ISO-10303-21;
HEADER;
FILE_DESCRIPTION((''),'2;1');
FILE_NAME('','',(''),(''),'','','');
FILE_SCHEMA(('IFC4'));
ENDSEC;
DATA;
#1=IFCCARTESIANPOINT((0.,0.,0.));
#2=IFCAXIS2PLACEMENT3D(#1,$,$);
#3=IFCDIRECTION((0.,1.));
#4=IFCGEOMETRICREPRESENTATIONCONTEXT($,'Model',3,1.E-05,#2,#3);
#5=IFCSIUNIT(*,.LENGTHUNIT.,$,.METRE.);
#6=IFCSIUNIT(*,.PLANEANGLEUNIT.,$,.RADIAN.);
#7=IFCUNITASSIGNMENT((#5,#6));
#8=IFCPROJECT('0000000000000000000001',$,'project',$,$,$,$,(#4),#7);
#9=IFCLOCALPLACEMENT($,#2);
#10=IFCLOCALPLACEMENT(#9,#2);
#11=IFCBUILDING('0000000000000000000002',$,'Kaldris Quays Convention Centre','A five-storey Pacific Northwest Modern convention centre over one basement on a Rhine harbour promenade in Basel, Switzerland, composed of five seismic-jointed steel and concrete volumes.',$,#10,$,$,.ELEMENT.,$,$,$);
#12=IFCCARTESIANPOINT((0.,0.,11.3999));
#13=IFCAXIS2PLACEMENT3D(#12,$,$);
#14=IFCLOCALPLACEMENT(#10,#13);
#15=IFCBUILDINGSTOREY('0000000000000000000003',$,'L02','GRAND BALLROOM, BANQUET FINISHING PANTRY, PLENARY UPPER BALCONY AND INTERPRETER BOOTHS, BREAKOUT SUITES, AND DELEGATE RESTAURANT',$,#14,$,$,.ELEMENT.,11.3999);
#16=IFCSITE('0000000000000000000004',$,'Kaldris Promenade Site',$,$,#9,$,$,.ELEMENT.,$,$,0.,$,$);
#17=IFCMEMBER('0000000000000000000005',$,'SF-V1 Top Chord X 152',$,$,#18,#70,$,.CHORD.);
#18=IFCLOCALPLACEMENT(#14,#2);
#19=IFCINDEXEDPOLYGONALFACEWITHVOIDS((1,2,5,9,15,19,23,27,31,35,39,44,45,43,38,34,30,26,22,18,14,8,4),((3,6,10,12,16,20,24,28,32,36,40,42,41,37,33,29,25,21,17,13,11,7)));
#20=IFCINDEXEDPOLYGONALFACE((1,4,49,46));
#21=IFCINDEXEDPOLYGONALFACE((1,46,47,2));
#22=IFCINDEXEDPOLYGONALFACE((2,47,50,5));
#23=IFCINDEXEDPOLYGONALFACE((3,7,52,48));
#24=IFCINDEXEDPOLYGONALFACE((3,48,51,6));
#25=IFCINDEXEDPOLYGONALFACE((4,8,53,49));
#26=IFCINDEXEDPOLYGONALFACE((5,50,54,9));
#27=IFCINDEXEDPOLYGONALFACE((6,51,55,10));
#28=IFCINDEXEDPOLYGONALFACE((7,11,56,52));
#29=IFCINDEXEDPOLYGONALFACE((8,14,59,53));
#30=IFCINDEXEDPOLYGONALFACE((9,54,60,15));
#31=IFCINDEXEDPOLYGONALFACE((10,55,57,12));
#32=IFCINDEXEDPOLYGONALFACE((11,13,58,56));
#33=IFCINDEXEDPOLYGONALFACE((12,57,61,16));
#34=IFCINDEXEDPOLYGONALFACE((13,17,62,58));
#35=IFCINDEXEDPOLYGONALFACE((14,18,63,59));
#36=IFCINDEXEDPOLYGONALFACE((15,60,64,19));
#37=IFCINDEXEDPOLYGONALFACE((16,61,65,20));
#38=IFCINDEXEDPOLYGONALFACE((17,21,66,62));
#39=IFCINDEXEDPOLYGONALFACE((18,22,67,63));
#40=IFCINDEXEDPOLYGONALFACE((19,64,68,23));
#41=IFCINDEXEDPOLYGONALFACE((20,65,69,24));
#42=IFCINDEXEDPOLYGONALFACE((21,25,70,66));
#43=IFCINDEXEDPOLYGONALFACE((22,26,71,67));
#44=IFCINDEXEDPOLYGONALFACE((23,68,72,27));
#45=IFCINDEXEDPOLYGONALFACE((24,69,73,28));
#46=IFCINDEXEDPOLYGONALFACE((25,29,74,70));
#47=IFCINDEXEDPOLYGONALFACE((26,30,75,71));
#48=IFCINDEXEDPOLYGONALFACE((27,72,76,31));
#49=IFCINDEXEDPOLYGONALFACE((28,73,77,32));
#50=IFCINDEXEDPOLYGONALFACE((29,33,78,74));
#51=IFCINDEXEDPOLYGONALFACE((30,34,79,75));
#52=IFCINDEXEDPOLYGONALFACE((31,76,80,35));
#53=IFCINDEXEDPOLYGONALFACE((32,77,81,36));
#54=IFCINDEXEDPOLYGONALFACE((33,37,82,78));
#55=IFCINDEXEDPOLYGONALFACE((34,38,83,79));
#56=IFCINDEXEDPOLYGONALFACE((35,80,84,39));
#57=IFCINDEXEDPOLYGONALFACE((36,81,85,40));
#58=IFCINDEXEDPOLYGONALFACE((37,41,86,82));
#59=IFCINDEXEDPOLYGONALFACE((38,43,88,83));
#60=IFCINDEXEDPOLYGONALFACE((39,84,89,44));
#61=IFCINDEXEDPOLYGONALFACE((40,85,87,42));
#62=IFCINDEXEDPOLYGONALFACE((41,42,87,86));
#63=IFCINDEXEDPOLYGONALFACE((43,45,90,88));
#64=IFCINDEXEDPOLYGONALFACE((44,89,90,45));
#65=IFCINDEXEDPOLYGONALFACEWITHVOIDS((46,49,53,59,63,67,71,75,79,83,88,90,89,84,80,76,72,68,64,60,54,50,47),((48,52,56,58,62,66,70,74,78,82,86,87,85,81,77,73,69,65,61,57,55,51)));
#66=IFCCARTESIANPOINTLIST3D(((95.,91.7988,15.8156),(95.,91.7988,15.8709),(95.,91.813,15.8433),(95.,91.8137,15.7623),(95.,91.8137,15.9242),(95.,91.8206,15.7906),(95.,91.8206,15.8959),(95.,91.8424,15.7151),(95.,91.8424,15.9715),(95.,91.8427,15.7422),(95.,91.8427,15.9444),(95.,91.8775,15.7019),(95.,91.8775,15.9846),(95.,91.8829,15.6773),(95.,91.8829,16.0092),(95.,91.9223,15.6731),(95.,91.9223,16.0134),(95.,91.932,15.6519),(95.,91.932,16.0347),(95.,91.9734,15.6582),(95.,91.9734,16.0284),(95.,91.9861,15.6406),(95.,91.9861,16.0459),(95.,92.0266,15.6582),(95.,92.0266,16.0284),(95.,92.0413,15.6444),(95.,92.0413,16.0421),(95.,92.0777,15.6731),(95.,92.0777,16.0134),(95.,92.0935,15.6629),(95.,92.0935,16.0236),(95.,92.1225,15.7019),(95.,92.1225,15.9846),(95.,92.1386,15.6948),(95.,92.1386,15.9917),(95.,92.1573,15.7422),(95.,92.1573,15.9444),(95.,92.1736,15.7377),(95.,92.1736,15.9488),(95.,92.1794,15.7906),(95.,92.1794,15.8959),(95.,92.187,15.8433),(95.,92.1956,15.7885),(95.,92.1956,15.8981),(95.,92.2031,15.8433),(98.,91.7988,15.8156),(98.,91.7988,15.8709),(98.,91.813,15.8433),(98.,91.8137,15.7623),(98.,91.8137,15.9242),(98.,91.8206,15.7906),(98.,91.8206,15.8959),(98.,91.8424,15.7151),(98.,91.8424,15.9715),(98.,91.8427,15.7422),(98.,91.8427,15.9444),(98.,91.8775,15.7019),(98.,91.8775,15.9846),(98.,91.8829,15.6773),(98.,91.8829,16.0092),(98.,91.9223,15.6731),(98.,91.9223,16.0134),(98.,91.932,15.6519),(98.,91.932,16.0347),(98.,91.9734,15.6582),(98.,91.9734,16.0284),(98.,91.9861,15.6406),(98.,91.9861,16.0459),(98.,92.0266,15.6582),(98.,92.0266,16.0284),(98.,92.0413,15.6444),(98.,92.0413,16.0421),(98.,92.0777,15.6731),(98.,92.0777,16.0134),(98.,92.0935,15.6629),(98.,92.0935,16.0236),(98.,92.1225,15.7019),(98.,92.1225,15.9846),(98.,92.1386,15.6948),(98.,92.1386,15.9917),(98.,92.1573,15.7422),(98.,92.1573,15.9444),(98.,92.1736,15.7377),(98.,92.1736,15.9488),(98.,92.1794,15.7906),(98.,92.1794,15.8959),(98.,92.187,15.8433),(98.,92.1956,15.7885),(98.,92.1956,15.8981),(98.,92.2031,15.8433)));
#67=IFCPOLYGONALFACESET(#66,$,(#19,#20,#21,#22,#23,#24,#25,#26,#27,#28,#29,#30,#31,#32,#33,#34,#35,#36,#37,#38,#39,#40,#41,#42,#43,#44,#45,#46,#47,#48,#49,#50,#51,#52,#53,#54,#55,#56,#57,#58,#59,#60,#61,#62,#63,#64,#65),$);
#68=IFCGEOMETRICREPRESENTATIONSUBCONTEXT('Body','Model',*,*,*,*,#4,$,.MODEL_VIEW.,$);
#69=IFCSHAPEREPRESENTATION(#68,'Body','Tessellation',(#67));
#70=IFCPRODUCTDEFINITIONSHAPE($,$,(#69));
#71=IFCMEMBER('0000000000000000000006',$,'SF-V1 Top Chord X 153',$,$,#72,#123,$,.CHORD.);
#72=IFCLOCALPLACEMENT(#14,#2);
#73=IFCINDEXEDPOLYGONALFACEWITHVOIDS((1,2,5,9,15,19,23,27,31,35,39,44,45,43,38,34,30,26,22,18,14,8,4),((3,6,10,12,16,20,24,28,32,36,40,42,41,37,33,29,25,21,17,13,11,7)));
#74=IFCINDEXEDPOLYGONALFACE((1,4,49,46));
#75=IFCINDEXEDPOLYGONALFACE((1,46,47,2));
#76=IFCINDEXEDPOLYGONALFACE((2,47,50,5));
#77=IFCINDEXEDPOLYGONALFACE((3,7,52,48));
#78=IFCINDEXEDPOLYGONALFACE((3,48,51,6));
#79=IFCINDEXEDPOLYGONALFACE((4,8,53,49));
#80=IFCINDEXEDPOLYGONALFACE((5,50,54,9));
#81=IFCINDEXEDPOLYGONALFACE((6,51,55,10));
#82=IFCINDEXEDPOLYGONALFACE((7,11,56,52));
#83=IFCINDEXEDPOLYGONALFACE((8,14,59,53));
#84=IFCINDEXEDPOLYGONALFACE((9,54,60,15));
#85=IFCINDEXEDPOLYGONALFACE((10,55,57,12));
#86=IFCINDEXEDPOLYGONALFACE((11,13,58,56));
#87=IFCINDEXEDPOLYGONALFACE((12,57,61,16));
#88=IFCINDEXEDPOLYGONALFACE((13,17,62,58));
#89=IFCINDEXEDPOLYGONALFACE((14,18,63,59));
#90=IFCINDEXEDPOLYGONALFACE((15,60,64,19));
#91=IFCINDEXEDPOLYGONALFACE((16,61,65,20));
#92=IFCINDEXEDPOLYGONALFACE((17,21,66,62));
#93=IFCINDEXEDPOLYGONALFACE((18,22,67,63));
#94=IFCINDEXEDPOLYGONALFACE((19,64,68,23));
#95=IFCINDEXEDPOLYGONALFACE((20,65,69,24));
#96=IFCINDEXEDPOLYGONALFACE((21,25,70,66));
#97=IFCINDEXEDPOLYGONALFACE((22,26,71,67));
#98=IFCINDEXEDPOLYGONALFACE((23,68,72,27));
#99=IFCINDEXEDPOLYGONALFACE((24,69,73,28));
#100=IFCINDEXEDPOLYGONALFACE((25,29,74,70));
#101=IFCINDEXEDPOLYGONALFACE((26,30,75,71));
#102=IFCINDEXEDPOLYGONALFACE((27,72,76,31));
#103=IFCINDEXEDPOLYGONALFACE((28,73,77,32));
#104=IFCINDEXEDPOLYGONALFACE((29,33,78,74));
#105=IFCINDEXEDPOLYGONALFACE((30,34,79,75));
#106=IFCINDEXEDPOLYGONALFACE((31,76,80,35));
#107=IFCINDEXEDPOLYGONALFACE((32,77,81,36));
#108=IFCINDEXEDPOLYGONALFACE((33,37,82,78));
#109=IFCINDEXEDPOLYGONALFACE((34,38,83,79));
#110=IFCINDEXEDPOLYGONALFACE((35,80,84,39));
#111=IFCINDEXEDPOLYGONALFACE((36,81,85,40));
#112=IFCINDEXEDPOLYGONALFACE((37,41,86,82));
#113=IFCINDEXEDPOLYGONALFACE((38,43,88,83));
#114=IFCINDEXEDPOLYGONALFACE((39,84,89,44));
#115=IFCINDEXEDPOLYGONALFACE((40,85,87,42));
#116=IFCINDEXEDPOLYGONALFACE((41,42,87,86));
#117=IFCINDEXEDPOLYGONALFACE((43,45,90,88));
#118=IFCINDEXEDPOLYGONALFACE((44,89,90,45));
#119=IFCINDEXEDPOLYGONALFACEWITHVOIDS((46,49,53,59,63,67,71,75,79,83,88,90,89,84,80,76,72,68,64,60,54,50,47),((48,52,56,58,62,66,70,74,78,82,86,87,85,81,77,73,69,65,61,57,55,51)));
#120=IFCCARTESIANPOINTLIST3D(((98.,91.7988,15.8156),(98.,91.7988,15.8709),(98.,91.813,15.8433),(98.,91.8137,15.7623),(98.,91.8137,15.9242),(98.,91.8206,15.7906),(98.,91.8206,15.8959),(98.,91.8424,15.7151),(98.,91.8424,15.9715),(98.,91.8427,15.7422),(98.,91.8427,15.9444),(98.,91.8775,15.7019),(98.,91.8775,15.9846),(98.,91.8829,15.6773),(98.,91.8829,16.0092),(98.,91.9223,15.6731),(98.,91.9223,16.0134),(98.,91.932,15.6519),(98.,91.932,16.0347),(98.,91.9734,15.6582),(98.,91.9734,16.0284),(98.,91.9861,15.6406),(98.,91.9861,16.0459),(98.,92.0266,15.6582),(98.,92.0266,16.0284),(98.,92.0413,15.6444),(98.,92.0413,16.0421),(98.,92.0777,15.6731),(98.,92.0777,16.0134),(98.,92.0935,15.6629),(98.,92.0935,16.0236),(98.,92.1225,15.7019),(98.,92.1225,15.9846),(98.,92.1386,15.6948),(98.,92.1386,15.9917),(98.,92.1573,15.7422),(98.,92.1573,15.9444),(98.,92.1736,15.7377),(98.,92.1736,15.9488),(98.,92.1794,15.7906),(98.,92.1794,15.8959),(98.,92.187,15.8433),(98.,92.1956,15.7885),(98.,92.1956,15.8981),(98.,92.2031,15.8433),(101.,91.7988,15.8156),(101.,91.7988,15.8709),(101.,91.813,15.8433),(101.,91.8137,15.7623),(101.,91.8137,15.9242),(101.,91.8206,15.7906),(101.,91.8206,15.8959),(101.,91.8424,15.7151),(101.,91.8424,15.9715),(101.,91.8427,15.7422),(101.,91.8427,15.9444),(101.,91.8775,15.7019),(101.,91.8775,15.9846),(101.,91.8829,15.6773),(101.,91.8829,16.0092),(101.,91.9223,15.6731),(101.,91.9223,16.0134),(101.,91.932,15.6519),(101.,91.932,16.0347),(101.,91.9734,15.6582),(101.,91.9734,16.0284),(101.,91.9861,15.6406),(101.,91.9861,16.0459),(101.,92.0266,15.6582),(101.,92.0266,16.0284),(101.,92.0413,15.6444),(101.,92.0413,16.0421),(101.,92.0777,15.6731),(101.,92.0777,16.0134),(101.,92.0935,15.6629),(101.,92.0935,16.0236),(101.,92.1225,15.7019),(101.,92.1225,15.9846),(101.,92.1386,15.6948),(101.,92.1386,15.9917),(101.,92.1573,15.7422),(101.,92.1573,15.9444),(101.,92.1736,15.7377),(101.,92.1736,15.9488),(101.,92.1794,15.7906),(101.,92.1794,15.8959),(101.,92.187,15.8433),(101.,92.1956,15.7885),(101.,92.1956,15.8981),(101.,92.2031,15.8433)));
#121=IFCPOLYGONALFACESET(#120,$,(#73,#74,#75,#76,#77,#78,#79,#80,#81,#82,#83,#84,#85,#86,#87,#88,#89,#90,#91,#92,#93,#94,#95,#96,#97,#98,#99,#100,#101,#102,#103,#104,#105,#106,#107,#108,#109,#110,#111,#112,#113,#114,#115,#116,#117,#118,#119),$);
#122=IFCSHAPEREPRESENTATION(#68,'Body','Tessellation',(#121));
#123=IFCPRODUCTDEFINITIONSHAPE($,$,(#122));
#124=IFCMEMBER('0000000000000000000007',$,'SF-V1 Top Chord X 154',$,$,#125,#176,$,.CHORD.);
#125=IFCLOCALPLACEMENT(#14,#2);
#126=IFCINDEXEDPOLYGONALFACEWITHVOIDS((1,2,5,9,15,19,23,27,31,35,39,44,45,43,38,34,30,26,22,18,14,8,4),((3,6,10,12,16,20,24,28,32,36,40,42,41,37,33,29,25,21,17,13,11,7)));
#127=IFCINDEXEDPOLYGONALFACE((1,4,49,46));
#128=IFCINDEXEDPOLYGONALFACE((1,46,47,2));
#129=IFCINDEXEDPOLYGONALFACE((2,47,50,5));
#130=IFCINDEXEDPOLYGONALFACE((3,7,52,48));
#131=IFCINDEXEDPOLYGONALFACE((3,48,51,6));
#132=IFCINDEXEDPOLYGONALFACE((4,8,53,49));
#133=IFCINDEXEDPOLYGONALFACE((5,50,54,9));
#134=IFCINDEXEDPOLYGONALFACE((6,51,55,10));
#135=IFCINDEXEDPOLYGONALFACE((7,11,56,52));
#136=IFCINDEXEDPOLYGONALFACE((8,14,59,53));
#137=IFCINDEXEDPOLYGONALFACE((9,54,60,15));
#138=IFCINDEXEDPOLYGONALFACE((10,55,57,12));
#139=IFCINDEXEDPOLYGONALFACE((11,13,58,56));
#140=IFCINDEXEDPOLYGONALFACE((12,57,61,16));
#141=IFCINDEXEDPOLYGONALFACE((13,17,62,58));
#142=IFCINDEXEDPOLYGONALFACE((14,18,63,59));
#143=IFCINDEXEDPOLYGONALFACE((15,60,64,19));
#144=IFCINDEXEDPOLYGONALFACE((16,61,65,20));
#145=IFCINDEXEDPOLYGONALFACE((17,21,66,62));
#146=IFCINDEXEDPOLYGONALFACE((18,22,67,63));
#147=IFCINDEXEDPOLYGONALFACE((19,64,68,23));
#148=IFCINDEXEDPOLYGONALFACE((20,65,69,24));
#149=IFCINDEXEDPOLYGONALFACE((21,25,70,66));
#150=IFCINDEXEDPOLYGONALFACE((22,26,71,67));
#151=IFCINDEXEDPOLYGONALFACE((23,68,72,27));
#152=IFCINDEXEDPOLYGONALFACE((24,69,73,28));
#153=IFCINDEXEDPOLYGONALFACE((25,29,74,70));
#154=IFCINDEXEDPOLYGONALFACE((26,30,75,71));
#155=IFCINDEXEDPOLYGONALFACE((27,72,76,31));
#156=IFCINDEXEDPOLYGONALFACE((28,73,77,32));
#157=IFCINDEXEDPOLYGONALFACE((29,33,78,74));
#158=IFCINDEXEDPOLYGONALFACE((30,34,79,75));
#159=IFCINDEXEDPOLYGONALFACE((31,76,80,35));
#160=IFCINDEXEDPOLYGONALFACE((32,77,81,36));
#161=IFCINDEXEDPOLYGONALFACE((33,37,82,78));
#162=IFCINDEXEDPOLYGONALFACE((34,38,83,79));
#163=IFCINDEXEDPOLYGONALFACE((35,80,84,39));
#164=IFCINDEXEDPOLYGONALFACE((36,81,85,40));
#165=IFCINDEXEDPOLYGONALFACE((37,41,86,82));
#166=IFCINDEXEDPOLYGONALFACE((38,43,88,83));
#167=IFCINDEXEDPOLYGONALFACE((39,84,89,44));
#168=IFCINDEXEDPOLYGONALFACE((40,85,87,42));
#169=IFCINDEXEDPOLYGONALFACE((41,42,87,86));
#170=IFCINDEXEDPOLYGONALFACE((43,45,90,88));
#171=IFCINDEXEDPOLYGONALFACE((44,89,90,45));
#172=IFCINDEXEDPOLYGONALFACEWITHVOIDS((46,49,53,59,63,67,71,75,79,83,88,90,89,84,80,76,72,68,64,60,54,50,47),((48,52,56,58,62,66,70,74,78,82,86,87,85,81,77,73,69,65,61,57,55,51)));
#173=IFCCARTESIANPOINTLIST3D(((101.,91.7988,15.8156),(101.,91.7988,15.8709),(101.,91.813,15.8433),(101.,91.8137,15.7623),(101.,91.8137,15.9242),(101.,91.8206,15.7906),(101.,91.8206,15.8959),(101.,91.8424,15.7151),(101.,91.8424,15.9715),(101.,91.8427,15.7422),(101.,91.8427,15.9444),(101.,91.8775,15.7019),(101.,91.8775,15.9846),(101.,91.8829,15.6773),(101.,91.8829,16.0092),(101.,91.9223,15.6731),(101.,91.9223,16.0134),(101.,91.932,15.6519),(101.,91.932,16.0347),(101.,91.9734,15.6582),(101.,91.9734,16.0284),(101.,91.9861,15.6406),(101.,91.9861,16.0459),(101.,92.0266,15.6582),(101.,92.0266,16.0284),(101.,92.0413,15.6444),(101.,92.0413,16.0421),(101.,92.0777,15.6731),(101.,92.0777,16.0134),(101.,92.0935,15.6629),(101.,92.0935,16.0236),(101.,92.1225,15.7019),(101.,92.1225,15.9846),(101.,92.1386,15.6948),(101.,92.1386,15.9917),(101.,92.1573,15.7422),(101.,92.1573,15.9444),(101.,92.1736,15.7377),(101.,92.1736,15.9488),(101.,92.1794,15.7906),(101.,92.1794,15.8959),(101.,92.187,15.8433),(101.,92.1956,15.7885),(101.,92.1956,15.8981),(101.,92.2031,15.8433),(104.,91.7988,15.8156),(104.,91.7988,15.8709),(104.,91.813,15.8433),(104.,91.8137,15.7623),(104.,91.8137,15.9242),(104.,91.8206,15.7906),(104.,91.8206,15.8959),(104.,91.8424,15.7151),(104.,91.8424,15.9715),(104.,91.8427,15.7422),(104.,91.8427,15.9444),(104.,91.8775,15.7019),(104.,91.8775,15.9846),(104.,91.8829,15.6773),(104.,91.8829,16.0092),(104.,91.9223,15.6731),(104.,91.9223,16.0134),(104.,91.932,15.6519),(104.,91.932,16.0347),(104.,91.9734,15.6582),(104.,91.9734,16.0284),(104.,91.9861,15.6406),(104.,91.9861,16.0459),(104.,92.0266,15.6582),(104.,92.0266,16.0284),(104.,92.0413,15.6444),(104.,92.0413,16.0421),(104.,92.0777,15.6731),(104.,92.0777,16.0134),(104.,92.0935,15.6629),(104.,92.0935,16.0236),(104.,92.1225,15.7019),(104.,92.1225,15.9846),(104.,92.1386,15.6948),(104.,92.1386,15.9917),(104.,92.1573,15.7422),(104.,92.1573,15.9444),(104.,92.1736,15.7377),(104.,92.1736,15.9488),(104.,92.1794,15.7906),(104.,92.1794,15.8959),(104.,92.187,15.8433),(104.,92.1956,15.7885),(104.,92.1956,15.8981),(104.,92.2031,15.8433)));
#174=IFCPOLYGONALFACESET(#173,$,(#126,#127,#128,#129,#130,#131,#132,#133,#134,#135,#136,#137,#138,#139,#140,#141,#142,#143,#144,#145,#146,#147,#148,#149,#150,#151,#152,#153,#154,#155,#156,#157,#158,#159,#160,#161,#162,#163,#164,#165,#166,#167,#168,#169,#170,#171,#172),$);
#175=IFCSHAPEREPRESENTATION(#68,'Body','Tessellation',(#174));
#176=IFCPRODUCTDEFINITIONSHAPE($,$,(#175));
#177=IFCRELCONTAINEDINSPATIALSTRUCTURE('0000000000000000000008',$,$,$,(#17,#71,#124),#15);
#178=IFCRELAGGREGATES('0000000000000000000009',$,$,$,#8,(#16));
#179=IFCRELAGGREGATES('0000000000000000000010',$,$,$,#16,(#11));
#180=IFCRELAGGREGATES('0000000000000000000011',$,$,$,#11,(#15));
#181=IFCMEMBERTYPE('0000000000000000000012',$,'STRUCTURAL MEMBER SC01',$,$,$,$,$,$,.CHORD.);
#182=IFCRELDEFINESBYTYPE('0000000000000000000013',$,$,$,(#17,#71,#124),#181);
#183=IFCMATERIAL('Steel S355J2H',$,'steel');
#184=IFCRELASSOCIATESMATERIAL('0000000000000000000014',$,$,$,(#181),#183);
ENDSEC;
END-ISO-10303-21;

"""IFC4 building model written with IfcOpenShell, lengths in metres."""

from ifc_helpers import new_model, si_unit, direction, frame, origin, origin_2d, place, context, subcontext, project, spatial, hollow_circle, extrude, material, material_profile, profile_set, type_object, element, save


model = new_model("IFC4")

# Units and contexts
model_context = context("Model", 3, precision=1e-05, world=origin(), true_north=direction((0.0, 1.0)))
body_context = subcontext(model_context, "Body", "Model", "MODEL_VIEW")
ifc_project = project(units=[si_unit("LENGTHUNIT", "METRE"), si_unit("PLANEANGLEUNIT", "RADIAN")], contexts=[model_context])

# Site, building, storey
site_placement = place(None, origin())
site = spatial("IfcSite", under=ifc_project, at=site_placement, Name="Kaldris Promenade Site", CompositionType="ELEMENT", RefElevation=0.0)
building_placement = place(site_placement, origin())
building = spatial("IfcBuilding", under=site, at=building_placement, Name="Kaldris Quays Convention Centre", Description="A five-storey Pacific Northwest Modern convention centre over one basement on a Rhine harbour promenade in Basel, Switzerland, composed of five seismic-jointed steel and concrete volumes.", CompositionType="ELEMENT")
storey_placement = place(building_placement, frame((0.0, 0.0, 11.3999)))
storey = spatial("IfcBuildingStorey", under=building, at=storey_placement, Name="L02", Description="GRAND BALLROOM, BANQUET FINISHING PANTRY, PLENARY UPPER BALCONY AND INTERPRETER BOOTHS, BREAKOUT SUITES, AND DELEGATE RESTAURANT", CompositionType="ELEMENT", Elevation=11.3999)

# Members
ifc_material_1 = material(Name="Steel S355J2H", Category="steel")
ifc_material_profile_1 = material_profile(ifc_material_1, hollow_circle(Radius=0.2031, WallThickness=0.0161, at=origin_2d()), Name="CHS 406.4x16")
ifc_profile_set_1 = profile_set([ifc_material_profile_1], Name="Steel S355J2H")
member_type_1 = type_object("IfcMemberType", Name="STRUCTURAL MEMBER SC01", PredefinedType="CHORD", material=ifc_profile_set_1)
for number, where, z_axis, x_axis, name in (
    (1, (95.0, 92.0, 15.8433), (1.0, 0.0, 0.0), (0.0, 1.0, 0.0), "SF-V1 Top Chord X 152"),
    (2, (98.0, 92.0, 15.8433), (1.0, 0.0, 0.0), (0.0, 1.0, 0.0), "SF-V1 Top Chord X 153"),
    (3, (101.0, 92.0, 15.8433), (1.0, 0.0, 0.0), (0.0, 1.0, 0.0), "SF-V1 Top Chord X 154"),
):
    element("IfcMember", number, at=place(storey_placement, frame(where, z_axis=z_axis, x_axis=x_axis)), inside=storey, type_object=member_type_1, Name=name, PredefinedType="CHORD", context=body_context, shape_type="SweptSolid", body=[
        extrude(hollow_circle(Radius=0.2031, WallThickness=0.0161, at=origin_2d()), origin(), (0.0, 0.0, 1.0), 3.0),
    ])

save(model, "model.ifc")
